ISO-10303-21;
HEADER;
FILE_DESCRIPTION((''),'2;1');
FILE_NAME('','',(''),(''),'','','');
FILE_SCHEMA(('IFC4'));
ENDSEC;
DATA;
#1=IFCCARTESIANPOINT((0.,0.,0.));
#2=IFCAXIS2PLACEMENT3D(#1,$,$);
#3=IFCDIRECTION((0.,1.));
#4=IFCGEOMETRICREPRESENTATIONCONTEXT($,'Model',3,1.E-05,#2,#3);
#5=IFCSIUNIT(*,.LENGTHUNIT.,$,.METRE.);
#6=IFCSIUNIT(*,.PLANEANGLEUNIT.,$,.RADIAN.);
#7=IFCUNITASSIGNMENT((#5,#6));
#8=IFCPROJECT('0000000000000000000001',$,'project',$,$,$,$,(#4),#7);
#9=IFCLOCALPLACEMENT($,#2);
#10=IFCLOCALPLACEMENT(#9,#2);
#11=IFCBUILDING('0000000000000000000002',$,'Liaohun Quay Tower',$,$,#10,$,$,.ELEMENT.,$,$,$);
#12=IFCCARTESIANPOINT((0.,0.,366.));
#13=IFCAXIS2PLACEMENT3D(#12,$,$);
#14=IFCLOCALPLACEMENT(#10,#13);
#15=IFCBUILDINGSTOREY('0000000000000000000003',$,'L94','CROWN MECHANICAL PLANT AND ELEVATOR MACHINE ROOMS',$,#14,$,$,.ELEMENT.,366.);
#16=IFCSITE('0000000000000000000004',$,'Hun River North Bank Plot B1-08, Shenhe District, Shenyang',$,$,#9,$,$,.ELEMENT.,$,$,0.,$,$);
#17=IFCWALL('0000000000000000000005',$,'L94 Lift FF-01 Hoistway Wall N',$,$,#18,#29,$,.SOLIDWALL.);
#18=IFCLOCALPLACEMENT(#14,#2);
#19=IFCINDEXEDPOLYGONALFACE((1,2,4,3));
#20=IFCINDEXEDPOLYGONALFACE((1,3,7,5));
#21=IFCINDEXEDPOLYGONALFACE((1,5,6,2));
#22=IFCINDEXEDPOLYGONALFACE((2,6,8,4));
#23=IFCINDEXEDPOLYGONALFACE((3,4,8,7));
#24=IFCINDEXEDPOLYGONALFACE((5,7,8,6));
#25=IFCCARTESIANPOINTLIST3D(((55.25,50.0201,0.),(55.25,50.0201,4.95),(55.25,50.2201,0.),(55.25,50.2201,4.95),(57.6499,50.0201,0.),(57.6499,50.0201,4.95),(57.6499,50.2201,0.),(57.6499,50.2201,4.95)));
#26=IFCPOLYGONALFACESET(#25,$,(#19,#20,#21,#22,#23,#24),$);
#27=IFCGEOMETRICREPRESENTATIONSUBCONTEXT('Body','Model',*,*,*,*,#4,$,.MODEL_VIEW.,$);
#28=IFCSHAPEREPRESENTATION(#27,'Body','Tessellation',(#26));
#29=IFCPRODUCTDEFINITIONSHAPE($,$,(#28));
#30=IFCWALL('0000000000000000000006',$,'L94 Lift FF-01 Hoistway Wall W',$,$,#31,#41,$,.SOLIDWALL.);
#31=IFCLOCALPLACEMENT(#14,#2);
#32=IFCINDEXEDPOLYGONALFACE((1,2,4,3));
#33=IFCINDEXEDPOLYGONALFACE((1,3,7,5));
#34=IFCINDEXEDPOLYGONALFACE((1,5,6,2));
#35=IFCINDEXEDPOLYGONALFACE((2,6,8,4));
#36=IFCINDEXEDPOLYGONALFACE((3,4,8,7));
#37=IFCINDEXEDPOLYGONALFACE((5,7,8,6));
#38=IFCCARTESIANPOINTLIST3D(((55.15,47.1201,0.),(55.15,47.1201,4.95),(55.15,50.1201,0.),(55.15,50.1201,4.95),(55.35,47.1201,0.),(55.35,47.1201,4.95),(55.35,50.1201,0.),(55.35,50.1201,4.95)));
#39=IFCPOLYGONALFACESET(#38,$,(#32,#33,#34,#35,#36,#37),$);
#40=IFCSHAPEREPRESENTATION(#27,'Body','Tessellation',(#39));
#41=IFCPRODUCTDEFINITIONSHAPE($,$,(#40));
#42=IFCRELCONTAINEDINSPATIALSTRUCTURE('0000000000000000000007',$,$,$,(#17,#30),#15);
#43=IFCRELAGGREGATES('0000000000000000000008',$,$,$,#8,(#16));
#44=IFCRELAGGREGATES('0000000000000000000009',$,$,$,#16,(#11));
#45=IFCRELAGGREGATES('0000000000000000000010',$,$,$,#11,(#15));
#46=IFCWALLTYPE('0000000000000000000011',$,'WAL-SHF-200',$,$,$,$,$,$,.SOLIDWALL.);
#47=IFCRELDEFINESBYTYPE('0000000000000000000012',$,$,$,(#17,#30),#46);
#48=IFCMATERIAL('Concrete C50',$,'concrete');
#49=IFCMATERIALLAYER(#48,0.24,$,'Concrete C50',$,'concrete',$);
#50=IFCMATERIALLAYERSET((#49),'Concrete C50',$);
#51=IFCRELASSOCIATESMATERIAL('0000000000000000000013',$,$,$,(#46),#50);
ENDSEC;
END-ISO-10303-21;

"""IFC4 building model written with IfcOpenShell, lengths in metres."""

from ifc_helpers import new_model, si_unit, direction, frame, frame_2d, origin, place, context, subcontext, project, spatial, rectangle, extrude, material, layer, layer_set, type_object, element, save


model = new_model("IFC4")

# Units and contexts
model_context = context("Model", 3, precision=1e-05, world=origin(), true_north=direction((0.0, 1.0)))
body_context = subcontext(model_context, "Body", "Model", "MODEL_VIEW")
ifc_project = project(units=[si_unit("LENGTHUNIT", "METRE"), si_unit("PLANEANGLEUNIT", "RADIAN")], contexts=[model_context])

# Site, building, storey
site_placement = place(None, origin())
site = spatial("IfcSite", under=ifc_project, at=site_placement, Name="Hun River North Bank Plot B1-08, Shenhe District, Shenyang", CompositionType="ELEMENT", RefElevation=0.0)
building_placement = place(site_placement, origin())
building = spatial("IfcBuilding", under=site, at=building_placement, Name="Liaohun Quay Tower", CompositionType="ELEMENT")
storey_placement = place(building_placement, frame((0.0, 0.0, 366.0)))
storey = spatial("IfcBuildingStorey", under=building, at=storey_placement, Name="L94", Description="CROWN MECHANICAL PLANT AND ELEVATOR MACHINE ROOMS", CompositionType="ELEMENT", Elevation=366.0)

# Shared definitions
ifc_material_1 = material(Name="Concrete C50", Category="concrete")

# Shared definitions
ifc_layer_1 = layer(ifc_material_1, 0.24, Name="Concrete C50", Category="concrete")
ifc_layer_set_1 = layer_set([ifc_layer_1], Name="Concrete C50")
wall_type_1 = type_object("IfcWallType", Name="WAL-SHF-200", PredefinedType="SOLIDWALL", material=ifc_layer_set_1)

# Walls
wall_1_placement = place(storey_placement, frame((57.6499, 50.1201, 0.0), z_axis=(0.0, 0.0, 1.0), x_axis=(-1.0, 0.0, 0.0)))
element("IfcWall", 1, at=wall_1_placement, inside=storey, type_object=wall_type_1, Name="L94 Lift FF-01 Hoistway Wall N", PredefinedType="SOLIDWALL", context=body_context, shape_type="SweptSolid", body=[
    extrude(rectangle(XDim=2.3999, YDim=0.2, at=frame_2d((1.2, 0.0))), origin(), (0.0, 0.0, 1.0), 4.95),
])
wall_2_placement = place(storey_placement, frame((55.25, 50.1201, 0.0), z_axis=(0.0, 0.0, 1.0), x_axis=(0.0, -1.0, 0.0)))
element("IfcWall", 2, at=wall_2_placement, inside=storey, type_object=wall_type_1, Name="L94 Lift FF-01 Hoistway Wall W", PredefinedType="SOLIDWALL", context=body_context, shape_type="SweptSolid", body=[
    extrude(rectangle(XDim=3.0, YDim=0.2, at=frame_2d((1.5, 0.0))), origin(), (0.0, 0.0, 1.0), 4.95),
])

save(model, "model.ifc")
